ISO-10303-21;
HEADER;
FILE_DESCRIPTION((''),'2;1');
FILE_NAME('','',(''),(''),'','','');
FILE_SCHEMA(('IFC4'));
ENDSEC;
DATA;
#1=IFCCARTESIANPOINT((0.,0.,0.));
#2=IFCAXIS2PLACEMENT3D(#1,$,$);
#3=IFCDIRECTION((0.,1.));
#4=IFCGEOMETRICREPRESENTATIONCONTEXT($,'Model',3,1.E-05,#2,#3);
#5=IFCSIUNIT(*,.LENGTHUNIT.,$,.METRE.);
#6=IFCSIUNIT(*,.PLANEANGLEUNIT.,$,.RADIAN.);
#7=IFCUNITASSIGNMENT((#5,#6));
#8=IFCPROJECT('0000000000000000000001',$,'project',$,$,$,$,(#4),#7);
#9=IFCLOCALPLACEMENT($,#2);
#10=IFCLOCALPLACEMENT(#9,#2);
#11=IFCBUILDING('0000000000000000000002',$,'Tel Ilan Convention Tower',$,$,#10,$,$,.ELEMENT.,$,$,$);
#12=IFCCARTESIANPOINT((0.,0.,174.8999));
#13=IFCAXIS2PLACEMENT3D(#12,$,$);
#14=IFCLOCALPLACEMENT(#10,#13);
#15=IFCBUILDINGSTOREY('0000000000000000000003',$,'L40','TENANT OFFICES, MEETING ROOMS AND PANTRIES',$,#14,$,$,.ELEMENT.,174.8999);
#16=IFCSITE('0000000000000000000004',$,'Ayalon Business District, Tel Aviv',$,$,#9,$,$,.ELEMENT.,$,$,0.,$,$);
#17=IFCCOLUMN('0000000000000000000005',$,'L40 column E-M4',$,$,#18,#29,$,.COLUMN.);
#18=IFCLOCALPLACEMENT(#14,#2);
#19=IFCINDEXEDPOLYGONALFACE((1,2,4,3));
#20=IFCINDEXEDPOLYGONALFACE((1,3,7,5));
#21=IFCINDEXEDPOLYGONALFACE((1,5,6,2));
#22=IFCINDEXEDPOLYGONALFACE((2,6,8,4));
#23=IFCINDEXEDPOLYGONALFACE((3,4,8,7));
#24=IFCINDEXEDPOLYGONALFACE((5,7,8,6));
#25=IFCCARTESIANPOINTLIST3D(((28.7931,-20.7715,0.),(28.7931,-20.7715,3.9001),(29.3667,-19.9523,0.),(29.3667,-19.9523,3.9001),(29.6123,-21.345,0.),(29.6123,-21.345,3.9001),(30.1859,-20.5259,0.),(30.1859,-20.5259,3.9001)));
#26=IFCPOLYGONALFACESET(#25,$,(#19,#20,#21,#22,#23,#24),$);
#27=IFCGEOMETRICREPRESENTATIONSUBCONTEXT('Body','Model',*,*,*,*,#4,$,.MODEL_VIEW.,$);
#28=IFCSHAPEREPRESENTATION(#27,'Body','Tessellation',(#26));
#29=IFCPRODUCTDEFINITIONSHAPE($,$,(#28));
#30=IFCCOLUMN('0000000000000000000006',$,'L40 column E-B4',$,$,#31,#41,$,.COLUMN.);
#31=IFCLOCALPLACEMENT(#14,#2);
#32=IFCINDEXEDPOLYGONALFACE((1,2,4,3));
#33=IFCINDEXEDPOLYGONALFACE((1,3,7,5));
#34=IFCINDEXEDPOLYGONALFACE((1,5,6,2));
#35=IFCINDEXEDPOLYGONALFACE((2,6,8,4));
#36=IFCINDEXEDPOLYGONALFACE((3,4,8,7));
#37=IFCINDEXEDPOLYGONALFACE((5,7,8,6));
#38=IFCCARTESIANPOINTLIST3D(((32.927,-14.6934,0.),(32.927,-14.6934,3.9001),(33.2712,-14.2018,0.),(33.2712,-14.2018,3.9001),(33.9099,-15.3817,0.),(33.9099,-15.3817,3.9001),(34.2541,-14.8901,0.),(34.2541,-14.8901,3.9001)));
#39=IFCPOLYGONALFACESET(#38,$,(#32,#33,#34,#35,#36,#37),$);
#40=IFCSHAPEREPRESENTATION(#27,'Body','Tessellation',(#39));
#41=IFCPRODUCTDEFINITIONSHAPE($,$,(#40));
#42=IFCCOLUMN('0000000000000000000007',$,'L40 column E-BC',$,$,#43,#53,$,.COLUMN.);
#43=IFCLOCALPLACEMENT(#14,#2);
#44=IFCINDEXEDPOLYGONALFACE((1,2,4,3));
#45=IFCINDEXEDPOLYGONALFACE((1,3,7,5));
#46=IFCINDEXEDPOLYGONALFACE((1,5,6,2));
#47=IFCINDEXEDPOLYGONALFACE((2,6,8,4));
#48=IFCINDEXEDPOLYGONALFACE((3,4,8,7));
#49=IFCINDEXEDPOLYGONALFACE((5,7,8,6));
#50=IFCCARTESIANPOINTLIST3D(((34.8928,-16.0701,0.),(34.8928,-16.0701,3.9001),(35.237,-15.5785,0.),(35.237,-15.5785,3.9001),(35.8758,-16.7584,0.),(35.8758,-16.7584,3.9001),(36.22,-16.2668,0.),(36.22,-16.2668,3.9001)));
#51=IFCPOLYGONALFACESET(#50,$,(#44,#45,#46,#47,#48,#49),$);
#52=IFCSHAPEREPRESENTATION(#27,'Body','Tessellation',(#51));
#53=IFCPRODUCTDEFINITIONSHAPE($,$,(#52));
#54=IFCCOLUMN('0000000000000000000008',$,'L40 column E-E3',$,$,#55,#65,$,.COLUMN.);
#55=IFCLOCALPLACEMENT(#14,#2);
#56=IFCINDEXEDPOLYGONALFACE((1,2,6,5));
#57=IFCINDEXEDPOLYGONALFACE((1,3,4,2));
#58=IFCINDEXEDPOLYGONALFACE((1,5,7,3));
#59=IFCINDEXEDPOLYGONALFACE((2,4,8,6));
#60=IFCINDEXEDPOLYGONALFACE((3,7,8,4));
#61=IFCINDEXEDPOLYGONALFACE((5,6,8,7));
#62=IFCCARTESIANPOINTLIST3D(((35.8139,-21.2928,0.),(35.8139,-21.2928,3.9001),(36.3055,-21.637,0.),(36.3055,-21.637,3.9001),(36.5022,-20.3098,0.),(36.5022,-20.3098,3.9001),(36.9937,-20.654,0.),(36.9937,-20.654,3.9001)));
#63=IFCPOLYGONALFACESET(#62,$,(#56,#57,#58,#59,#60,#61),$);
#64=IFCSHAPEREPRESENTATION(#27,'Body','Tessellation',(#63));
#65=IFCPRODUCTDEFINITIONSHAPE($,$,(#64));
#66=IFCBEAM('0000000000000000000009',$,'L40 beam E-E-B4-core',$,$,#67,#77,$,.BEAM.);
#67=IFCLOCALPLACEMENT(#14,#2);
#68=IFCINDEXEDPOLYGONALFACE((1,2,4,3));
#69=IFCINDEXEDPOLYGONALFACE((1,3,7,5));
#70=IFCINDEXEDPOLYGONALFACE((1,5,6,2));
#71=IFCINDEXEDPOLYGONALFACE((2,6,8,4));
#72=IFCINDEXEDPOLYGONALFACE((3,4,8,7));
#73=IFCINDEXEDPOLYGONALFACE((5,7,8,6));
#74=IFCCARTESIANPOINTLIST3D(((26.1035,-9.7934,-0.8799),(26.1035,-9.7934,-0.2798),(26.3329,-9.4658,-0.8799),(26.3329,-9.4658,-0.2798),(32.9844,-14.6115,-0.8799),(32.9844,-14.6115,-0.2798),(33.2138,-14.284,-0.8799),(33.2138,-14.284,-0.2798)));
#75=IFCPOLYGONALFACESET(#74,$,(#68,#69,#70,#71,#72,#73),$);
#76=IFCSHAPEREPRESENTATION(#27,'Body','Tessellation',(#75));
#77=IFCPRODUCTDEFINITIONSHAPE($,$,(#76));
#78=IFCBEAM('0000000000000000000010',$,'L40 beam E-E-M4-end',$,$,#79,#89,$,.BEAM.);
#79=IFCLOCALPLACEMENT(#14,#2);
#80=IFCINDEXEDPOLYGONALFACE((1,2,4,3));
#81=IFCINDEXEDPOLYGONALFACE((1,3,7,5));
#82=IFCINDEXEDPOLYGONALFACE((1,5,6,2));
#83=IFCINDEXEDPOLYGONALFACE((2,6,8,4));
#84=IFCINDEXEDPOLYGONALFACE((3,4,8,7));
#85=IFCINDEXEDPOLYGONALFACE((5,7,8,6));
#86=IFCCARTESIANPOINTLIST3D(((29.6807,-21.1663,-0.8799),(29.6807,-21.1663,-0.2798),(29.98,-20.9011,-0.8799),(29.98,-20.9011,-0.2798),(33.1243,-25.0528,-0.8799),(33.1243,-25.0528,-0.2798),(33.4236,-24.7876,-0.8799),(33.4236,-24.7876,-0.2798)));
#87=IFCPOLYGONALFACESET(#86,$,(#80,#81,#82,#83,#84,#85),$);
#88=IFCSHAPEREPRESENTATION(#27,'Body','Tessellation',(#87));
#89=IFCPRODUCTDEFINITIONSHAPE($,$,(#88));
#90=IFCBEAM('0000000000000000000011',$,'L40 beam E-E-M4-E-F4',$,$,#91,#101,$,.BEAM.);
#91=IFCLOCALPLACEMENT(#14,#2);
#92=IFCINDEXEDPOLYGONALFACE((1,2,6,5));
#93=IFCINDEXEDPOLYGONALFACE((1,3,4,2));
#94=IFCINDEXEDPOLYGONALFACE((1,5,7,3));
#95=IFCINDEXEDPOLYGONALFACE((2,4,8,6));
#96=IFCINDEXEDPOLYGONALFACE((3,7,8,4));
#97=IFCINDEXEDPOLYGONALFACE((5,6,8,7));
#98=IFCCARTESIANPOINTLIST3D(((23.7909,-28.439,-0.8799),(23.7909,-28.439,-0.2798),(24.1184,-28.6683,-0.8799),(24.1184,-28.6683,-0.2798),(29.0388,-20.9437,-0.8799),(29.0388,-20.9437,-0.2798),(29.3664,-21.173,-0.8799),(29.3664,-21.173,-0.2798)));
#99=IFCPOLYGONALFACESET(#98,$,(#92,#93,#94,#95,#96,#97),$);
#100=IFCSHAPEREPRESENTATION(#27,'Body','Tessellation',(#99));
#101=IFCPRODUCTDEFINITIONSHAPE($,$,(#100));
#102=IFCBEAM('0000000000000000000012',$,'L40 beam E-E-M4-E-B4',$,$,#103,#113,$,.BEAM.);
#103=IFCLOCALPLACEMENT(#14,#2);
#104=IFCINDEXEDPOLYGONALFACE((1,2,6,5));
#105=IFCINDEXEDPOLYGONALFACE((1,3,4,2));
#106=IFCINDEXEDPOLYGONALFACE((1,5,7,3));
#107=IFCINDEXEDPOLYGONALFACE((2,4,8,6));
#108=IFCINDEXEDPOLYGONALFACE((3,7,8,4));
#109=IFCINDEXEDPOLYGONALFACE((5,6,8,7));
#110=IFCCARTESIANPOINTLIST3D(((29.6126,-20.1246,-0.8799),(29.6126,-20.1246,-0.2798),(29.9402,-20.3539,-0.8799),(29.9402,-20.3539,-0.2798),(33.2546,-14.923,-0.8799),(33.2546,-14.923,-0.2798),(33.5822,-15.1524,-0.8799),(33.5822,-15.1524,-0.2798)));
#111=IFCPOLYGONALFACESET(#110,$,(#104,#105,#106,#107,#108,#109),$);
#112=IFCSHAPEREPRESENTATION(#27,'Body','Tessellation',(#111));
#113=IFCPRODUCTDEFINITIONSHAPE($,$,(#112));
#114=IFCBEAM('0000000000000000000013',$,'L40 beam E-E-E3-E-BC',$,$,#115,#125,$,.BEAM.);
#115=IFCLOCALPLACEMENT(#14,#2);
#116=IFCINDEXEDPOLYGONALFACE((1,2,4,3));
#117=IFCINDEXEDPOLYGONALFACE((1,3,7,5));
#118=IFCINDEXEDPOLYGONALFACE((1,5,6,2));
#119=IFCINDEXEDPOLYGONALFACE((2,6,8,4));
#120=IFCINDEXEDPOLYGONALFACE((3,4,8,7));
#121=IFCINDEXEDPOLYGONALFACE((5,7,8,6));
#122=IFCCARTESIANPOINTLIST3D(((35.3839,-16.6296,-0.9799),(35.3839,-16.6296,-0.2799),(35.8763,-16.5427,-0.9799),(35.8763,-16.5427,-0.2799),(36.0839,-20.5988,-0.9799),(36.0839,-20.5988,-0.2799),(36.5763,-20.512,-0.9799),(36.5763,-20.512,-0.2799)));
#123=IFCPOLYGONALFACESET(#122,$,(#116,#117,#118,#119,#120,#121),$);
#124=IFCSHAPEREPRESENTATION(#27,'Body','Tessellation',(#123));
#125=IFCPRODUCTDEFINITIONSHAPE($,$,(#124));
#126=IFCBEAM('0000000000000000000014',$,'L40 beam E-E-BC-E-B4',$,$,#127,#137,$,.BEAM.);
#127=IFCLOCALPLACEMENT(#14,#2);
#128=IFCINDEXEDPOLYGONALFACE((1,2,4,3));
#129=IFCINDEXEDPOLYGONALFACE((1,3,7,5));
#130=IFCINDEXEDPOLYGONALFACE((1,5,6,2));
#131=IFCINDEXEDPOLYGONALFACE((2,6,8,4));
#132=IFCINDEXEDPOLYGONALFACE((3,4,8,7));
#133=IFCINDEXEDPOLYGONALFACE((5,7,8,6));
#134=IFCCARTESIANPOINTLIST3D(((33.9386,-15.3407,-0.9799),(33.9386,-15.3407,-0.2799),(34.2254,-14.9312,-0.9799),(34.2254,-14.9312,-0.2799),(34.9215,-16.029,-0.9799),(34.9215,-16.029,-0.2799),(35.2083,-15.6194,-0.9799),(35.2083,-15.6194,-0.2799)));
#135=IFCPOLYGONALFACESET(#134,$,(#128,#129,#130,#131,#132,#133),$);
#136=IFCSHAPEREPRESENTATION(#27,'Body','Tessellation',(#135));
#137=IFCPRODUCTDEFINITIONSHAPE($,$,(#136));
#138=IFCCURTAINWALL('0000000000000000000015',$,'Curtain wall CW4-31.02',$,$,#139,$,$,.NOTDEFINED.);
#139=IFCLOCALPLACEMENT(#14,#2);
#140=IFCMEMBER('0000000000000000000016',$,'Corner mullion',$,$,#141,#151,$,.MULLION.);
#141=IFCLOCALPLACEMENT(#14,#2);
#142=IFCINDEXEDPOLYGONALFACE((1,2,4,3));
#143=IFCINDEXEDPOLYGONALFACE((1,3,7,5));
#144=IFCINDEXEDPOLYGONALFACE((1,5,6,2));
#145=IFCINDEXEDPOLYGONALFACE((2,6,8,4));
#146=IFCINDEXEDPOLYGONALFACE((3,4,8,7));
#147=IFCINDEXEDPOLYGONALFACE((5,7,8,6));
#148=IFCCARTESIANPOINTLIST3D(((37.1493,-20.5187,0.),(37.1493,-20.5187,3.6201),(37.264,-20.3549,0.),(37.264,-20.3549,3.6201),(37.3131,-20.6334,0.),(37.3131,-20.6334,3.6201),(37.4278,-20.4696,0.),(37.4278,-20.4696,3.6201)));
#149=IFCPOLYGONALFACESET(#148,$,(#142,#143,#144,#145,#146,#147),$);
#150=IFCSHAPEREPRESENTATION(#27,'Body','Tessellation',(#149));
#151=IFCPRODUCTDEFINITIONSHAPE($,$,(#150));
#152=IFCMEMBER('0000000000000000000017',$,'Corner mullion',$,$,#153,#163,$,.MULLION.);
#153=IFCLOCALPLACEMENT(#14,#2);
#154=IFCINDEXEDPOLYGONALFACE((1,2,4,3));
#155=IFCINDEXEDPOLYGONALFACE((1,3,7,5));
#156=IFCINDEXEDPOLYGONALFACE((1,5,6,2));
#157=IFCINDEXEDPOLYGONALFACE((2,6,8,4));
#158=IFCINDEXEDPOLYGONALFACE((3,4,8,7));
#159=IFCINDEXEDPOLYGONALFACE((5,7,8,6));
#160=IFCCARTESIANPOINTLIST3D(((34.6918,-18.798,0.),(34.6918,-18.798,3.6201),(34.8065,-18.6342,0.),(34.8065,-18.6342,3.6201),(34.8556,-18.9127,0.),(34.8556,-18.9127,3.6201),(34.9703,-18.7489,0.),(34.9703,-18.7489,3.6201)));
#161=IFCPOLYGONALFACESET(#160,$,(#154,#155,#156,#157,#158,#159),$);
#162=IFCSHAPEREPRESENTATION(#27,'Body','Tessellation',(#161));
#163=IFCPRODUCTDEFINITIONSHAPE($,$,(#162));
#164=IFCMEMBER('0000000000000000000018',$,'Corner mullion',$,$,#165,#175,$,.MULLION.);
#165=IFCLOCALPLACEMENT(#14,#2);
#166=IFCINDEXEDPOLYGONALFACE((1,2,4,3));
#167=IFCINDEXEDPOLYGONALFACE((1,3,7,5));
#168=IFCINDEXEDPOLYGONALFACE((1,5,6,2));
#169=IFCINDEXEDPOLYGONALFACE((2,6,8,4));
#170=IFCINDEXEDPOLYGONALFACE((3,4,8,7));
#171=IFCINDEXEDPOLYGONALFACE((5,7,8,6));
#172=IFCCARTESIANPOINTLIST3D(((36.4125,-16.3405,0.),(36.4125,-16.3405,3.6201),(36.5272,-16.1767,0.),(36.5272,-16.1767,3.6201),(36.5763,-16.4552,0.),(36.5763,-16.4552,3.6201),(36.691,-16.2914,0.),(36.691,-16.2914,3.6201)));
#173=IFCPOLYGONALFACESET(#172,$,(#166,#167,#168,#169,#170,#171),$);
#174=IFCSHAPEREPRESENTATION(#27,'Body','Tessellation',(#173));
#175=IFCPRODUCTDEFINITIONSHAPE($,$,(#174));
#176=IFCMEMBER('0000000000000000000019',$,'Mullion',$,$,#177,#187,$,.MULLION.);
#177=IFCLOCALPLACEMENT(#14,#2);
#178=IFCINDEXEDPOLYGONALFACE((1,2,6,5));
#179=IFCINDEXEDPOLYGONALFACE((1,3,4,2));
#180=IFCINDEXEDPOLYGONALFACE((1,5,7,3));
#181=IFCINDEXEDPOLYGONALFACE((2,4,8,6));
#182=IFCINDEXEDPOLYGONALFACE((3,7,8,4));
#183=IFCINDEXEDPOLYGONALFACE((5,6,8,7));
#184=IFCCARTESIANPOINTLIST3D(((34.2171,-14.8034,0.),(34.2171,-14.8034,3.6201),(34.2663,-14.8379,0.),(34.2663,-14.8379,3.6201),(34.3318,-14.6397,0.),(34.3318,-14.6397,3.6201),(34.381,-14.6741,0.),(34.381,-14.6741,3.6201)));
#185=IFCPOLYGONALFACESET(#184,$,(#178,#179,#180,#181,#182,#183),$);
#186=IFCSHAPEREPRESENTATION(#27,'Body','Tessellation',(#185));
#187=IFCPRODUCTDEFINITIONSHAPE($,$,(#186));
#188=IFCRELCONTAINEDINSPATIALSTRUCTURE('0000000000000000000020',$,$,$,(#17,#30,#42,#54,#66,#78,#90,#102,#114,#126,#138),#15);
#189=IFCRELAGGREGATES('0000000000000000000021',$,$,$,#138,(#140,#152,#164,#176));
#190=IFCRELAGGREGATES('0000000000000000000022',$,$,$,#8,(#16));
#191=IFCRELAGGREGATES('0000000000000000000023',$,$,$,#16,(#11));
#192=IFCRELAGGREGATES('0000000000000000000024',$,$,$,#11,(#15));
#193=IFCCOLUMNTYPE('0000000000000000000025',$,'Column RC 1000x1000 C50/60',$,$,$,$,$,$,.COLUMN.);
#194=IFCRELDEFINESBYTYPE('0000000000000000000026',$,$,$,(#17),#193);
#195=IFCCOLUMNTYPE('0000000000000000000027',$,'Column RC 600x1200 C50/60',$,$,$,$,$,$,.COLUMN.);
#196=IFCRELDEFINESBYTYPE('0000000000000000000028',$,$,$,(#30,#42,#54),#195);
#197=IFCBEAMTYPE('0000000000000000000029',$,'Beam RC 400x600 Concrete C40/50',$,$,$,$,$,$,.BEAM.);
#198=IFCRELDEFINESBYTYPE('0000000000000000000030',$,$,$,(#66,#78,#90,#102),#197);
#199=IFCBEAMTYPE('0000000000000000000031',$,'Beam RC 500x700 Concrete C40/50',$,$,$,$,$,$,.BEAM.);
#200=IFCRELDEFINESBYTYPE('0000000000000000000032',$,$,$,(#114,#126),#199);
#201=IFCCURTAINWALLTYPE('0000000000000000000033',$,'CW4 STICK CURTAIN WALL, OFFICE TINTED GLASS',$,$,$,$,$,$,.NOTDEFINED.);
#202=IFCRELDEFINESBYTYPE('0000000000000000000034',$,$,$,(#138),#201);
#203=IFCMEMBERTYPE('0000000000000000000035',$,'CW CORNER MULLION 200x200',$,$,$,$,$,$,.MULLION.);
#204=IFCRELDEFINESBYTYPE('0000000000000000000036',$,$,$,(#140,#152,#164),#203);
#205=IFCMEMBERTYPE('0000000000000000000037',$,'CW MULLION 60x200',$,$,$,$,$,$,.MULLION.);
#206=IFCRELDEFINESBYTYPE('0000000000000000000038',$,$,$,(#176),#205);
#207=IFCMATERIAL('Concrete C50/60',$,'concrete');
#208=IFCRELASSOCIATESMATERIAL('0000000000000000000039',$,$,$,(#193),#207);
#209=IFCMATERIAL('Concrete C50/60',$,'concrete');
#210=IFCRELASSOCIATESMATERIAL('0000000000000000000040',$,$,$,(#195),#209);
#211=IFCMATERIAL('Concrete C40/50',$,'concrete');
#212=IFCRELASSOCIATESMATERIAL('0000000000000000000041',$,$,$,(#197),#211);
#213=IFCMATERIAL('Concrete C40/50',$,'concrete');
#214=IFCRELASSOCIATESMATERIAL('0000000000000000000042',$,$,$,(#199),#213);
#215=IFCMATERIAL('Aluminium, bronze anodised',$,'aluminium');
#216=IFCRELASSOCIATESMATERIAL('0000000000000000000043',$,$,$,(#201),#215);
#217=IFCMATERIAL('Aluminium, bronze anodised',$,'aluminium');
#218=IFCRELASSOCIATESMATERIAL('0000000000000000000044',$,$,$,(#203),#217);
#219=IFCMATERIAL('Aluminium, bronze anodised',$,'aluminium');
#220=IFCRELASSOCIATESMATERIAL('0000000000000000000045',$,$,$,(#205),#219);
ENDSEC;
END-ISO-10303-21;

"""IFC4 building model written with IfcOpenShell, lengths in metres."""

from ifc_helpers import new_model, si_unit, direction, frame, origin, origin_2d, place, context, subcontext, project, spatial, rectangle, extrude, material, material_profile, profile_set, type_object, element, aggregate, save


model = new_model("IFC4")

# Units and contexts
model_context = context("Model", 3, precision=1e-05, world=origin(), true_north=direction((0.0, 1.0)))
body_context = subcontext(model_context, "Body", "Model", "MODEL_VIEW")
ifc_project = project(units=[si_unit("LENGTHUNIT", "METRE"), si_unit("PLANEANGLEUNIT", "RADIAN")], contexts=[model_context])

# Site, building, storey
site_placement = place(None, origin())
site = spatial("IfcSite", under=ifc_project, at=site_placement, Name="Ayalon Business District, Tel Aviv", CompositionType="ELEMENT", RefElevation=0.0)
building_placement = place(site_placement, origin())
building = spatial("IfcBuilding", under=site, at=building_placement, Name="Tel Ilan Convention Tower", CompositionType="ELEMENT")
storey_placement = place(building_placement, frame((0.0, 0.0, 174.8999)))
storey = spatial("IfcBuildingStorey", under=building, at=storey_placement, Name="L40", Description="TENANT OFFICES, MEETING ROOMS AND PANTRIES", CompositionType="ELEMENT", Elevation=174.8999)

# Columns
ifc_material_1 = material(Name="Concrete C50/60", Category="concrete")
ifc_material_profile_1 = material_profile(ifc_material_1, rectangle(XDim=1.0, YDim=1.0, at=origin_2d()), Name="RC 1000x1000")
ifc_profile_set_1 = profile_set([ifc_material_profile_1], Name="Concrete C50/60")
column_type_1 = type_object("IfcColumnType", Name="Column RC 1000x1000 C50/60", PredefinedType="COLUMN", material=ifc_profile_set_1)
column_placement = place(storey_placement, frame((29.4895, -20.6487, 0.0), z_axis=(0.0, 0.0, 1.0), x_axis=(0.819152, -0.573576, 0.0)))
element("IfcColumn", 1, at=column_placement, inside=storey, type_object=column_type_1, Name="L40 column E-M4", PredefinedType="COLUMN", context=body_context, shape_type="SweptSolid", body=[
    extrude(rectangle(XDim=1.0, YDim=1.0, at=origin_2d()), origin(), (0.0, 0.0, 1.0), 3.9001),
])
ifc_material_2 = material(Name="Concrete C50/60", Category="concrete")
ifc_material_profile_2 = material_profile(ifc_material_2, rectangle(XDim=1.2, YDim=0.6001, at=origin_2d()), Name="RC 600x1200")
ifc_profile_set_2 = profile_set([ifc_material_profile_2], Name="Concrete C50/60")
column_type_2 = type_object("IfcColumnType", Name="Column RC 600x1200 C50/60", PredefinedType="COLUMN", material=ifc_profile_set_2)
for number, where, z_axis, x_axis, name in (
    (2, (33.5906, -14.7917, 0.0), (0.0, 0.0, 1.0), (0.819152, -0.573576, 0.0), "L40 column E-B4"),
    (3, (35.5564, -16.1685, 0.0), (0.0, 0.0, 1.0), (0.819152, -0.573576, 0.0), "L40 column E-BC"),
    (4, (36.4038, -20.9734, 0.0), (0.0, 0.0, 1.0), (0.573576, 0.819152, 0.0), "L40 column E-E3"),
):
    element("IfcColumn", number, at=place(storey_placement, frame(where, z_axis=z_axis, x_axis=x_axis)), inside=storey, type_object=column_type_2, Name=name, PredefinedType="COLUMN", context=body_context, shape_type="SweptSolid", body=[
        extrude(rectangle(XDim=1.2, YDim=0.6001, at=origin_2d()), origin(), (0.0, 0.0, 1.0), 3.9001),
    ])

# Beams
ifc_material_3 = material(Name="Concrete C40/50", Category="concrete")
ifc_material_profile_3 = material_profile(ifc_material_3, rectangle(XDim=0.3999, YDim=0.6001, at=origin_2d()), Name="RC 400x600")
ifc_profile_set_3 = profile_set([ifc_material_profile_3], Name="Concrete C40/50")
beam_type_1 = type_object("IfcBeamType", Name="Beam RC 400x600 Concrete C40/50", PredefinedType="BEAM", material=ifc_profile_set_3)
beam_1_placement = place(storey_placement, frame((33.0991, -14.4478, -0.5798), z_axis=(-0.819147, 0.573583, 0.0), x_axis=(-0.573583, -0.819147, 0.0)))
element("IfcBeam", 5, at=beam_1_placement, inside=storey, type_object=beam_type_1, Name="L40 beam E-E-B4-core", PredefinedType="BEAM", context=body_context, shape_type="SweptSolid", body=[
    extrude(rectangle(XDim=0.3999, YDim=0.6001, at=origin_2d()), origin(), (0.0, 0.0, 1.0), 8.4001),
])
beam_2_placement = place(storey_placement, frame((29.8303, -21.0337, -0.5798), z_axis=(0.663175, -0.748464, 0.0), x_axis=(0.748464, 0.663175, 0.0)))
element("IfcBeam", 6, at=beam_2_placement, inside=storey, type_object=beam_type_1, Name="L40 beam E-E-M4-end", PredefinedType="BEAM", context=body_context, shape_type="SweptSolid", body=[
    extrude(rectangle(XDim=0.3999, YDim=0.6001, at=origin_2d()), origin(), (0.0, 0.0, 1.0), 5.1926),
])
beam_3_placement = place(storey_placement, frame((29.2026, -21.0583, -0.5798), z_axis=(-0.573557, -0.819165, 0.0), x_axis=(0.819165, -0.573557, 0.0)))
element("IfcBeam", 7, at=beam_3_placement, inside=storey, type_object=beam_type_1, Name="L40 beam E-E-M4-E-F4", PredefinedType="BEAM", context=body_context, shape_type="SweptSolid", body=[
    extrude(rectangle(XDim=0.3999, YDim=0.6001, at=origin_2d()), origin(), (0.0, 0.0, 1.0), 9.1499),
])
beam_4_placement = place(storey_placement, frame((29.7764, -20.2393, -0.5798), z_axis=(0.57356, 0.819163, 0.0), x_axis=(-0.819163, 0.57356, 0.0)))
element("IfcBeam", 8, at=beam_4_placement, inside=storey, type_object=beam_type_1, Name="L40 beam E-E-M4-E-B4", PredefinedType="BEAM", context=body_context, shape_type="SweptSolid", body=[
    extrude(rectangle(XDim=0.3999, YDim=0.6001, at=origin_2d()), origin(), (0.0, 0.0, 1.0), 6.3499),
])
ifc_material_4 = material(Name="Concrete C40/50", Category="concrete")
ifc_material_profile_4 = material_profile(ifc_material_4, rectangle(XDim=0.5, YDim=0.7, at=origin_2d()), Name="RC 500x700")
ifc_profile_set_4 = profile_set([ifc_material_profile_4], Name="Concrete C40/50")
beam_type_2 = type_object("IfcBeamType", Name="Beam RC 500x700 Concrete C40/50", PredefinedType="BEAM", material=ifc_profile_set_4)
beam_5_placement = place(storey_placement, frame((36.3301, -20.5554, -0.6299), z_axis=(-0.173664, 0.984805, 0.0), x_axis=(-0.984805, -0.173664, 0.0)))
element("IfcBeam", 9, at=beam_5_placement, inside=storey, type_object=beam_type_2, Name="L40 beam E-E-E3-E-BC", PredefinedType="BEAM", context=body_context, shape_type="SweptSolid", body=[
    extrude(rectangle(XDim=0.5, YDim=0.7, at=origin_2d()), origin(), (0.0, 0.0, 1.0), 4.0305),
])
beam_6_placement = place(storey_placement, frame((35.0649, -15.8242, -0.6299), z_axis=(-0.819155, 0.573572, 0.0), x_axis=(-0.573572, -0.819155, 0.0)))
element("IfcBeam", 10, at=beam_6_placement, inside=storey, type_object=beam_type_2, Name="L40 beam E-E-BC-E-B4", PredefinedType="BEAM", context=body_context, shape_type="SweptSolid", body=[
    extrude(rectangle(XDim=0.5, YDim=0.7, at=origin_2d()), origin(), (0.0, 0.0, 1.0), 1.2),
])

# Curtain wall, members
ifc_material_5 = material(Name="Aluminium, bronze anodised", Category="aluminium")
curtain_wall_type = type_object("IfcCurtainWallType", Name="CW4 STICK CURTAIN WALL, OFFICE TINTED GLASS", PredefinedType="NOTDEFINED", material=ifc_material_5)
curtain_wall_placement = place(storey_placement, origin())
curtain_wall = element("IfcCurtainWall", 11, at=curtain_wall_placement, inside=storey, type_object=curtain_wall_type, Name="Curtain wall CW4-31.02", PredefinedType="NOTDEFINED")
ifc_material_6 = material(Name="Aluminium, bronze anodised", Category="aluminium")
ifc_material_profile_5 = material_profile(ifc_material_6, rectangle(XDim=0.2, YDim=0.2, at=origin_2d()), Name="CW CORNER MULLION 200x200")
ifc_profile_set_5 = profile_set([ifc_material_profile_5], Name="Aluminium, bronze anodised")
member_type_1 = type_object("IfcMemberType", Name="CW CORNER MULLION 200x200", PredefinedType="MULLION", material=ifc_profile_set_5)
member_1_placement = place(storey_placement, frame((37.2886, -20.4941, 0.0), z_axis=(0.0, 0.0, 1.0), x_axis=(0.573576, 0.819152, 0.0)))
member_1 = element("IfcMember", 12, at=member_1_placement, type_object=member_type_1, Name="Corner mullion", PredefinedType="MULLION", context=body_context, shape_type="SweptSolid", body=[
    extrude(rectangle(XDim=0.2, YDim=0.2, at=origin_2d()), origin(), (0.0, 0.0, 1.0), 3.6201),
])
member_2_placement = place(storey_placement, frame((34.8311, -18.7734, 0.0), z_axis=(0.0, 0.0, 1.0), x_axis=(-0.819152, 0.573576, 0.0)))
member_2 = element("IfcMember", 13, at=member_2_placement, type_object=member_type_1, Name="Corner mullion", PredefinedType="MULLION", context=body_context, shape_type="SweptSolid", body=[
    extrude(rectangle(XDim=0.2, YDim=0.2, at=origin_2d()), origin(), (0.0, 0.0, 1.0), 3.6201),
])
member_3_placement = place(storey_placement, frame((36.5518, -16.3159, 0.0), z_axis=(0.0, 0.0, 1.0), x_axis=(0.573576, 0.819152, 0.0)))
member_3 = element("IfcMember", 14, at=member_3_placement, type_object=member_type_1, Name="Corner mullion", PredefinedType="MULLION", context=body_context, shape_type="SweptSolid", body=[
    extrude(rectangle(XDim=0.2, YDim=0.2, at=origin_2d()), origin(), (0.0, 0.0, 1.0), 3.6201),
])
ifc_material_7 = material(Name="Aluminium, bronze anodised", Category="aluminium")
ifc_material_profile_6 = material_profile(ifc_material_7, rectangle(XDim=0.0601, YDim=0.2, at=origin_2d()), Name="CW MULLION 60x200")
ifc_profile_set_6 = profile_set([ifc_material_profile_6], Name="Aluminium, bronze anodised")
member_type_2 = type_object("IfcMemberType", Name="CW MULLION 60x200", PredefinedType="MULLION", material=ifc_profile_set_6)
member_4_placement = place(storey_placement, frame((34.2991, -14.7388, 0.0), z_axis=(0.0, 0.0, 1.0), x_axis=(-0.819152, 0.573576, 0.0)))
member_4 = element("IfcMember", 15, at=member_4_placement, type_object=member_type_2, Name="Mullion", PredefinedType="MULLION", context=body_context, shape_type="SweptSolid", body=[
    extrude(rectangle(XDim=0.0601, YDim=0.2, at=origin_2d()), origin(), (0.0, 0.0, 1.0), 3.6201),
])
aggregate(curtain_wall, [member_1, member_2, member_3, member_4])

save(model, "model.ifc")
